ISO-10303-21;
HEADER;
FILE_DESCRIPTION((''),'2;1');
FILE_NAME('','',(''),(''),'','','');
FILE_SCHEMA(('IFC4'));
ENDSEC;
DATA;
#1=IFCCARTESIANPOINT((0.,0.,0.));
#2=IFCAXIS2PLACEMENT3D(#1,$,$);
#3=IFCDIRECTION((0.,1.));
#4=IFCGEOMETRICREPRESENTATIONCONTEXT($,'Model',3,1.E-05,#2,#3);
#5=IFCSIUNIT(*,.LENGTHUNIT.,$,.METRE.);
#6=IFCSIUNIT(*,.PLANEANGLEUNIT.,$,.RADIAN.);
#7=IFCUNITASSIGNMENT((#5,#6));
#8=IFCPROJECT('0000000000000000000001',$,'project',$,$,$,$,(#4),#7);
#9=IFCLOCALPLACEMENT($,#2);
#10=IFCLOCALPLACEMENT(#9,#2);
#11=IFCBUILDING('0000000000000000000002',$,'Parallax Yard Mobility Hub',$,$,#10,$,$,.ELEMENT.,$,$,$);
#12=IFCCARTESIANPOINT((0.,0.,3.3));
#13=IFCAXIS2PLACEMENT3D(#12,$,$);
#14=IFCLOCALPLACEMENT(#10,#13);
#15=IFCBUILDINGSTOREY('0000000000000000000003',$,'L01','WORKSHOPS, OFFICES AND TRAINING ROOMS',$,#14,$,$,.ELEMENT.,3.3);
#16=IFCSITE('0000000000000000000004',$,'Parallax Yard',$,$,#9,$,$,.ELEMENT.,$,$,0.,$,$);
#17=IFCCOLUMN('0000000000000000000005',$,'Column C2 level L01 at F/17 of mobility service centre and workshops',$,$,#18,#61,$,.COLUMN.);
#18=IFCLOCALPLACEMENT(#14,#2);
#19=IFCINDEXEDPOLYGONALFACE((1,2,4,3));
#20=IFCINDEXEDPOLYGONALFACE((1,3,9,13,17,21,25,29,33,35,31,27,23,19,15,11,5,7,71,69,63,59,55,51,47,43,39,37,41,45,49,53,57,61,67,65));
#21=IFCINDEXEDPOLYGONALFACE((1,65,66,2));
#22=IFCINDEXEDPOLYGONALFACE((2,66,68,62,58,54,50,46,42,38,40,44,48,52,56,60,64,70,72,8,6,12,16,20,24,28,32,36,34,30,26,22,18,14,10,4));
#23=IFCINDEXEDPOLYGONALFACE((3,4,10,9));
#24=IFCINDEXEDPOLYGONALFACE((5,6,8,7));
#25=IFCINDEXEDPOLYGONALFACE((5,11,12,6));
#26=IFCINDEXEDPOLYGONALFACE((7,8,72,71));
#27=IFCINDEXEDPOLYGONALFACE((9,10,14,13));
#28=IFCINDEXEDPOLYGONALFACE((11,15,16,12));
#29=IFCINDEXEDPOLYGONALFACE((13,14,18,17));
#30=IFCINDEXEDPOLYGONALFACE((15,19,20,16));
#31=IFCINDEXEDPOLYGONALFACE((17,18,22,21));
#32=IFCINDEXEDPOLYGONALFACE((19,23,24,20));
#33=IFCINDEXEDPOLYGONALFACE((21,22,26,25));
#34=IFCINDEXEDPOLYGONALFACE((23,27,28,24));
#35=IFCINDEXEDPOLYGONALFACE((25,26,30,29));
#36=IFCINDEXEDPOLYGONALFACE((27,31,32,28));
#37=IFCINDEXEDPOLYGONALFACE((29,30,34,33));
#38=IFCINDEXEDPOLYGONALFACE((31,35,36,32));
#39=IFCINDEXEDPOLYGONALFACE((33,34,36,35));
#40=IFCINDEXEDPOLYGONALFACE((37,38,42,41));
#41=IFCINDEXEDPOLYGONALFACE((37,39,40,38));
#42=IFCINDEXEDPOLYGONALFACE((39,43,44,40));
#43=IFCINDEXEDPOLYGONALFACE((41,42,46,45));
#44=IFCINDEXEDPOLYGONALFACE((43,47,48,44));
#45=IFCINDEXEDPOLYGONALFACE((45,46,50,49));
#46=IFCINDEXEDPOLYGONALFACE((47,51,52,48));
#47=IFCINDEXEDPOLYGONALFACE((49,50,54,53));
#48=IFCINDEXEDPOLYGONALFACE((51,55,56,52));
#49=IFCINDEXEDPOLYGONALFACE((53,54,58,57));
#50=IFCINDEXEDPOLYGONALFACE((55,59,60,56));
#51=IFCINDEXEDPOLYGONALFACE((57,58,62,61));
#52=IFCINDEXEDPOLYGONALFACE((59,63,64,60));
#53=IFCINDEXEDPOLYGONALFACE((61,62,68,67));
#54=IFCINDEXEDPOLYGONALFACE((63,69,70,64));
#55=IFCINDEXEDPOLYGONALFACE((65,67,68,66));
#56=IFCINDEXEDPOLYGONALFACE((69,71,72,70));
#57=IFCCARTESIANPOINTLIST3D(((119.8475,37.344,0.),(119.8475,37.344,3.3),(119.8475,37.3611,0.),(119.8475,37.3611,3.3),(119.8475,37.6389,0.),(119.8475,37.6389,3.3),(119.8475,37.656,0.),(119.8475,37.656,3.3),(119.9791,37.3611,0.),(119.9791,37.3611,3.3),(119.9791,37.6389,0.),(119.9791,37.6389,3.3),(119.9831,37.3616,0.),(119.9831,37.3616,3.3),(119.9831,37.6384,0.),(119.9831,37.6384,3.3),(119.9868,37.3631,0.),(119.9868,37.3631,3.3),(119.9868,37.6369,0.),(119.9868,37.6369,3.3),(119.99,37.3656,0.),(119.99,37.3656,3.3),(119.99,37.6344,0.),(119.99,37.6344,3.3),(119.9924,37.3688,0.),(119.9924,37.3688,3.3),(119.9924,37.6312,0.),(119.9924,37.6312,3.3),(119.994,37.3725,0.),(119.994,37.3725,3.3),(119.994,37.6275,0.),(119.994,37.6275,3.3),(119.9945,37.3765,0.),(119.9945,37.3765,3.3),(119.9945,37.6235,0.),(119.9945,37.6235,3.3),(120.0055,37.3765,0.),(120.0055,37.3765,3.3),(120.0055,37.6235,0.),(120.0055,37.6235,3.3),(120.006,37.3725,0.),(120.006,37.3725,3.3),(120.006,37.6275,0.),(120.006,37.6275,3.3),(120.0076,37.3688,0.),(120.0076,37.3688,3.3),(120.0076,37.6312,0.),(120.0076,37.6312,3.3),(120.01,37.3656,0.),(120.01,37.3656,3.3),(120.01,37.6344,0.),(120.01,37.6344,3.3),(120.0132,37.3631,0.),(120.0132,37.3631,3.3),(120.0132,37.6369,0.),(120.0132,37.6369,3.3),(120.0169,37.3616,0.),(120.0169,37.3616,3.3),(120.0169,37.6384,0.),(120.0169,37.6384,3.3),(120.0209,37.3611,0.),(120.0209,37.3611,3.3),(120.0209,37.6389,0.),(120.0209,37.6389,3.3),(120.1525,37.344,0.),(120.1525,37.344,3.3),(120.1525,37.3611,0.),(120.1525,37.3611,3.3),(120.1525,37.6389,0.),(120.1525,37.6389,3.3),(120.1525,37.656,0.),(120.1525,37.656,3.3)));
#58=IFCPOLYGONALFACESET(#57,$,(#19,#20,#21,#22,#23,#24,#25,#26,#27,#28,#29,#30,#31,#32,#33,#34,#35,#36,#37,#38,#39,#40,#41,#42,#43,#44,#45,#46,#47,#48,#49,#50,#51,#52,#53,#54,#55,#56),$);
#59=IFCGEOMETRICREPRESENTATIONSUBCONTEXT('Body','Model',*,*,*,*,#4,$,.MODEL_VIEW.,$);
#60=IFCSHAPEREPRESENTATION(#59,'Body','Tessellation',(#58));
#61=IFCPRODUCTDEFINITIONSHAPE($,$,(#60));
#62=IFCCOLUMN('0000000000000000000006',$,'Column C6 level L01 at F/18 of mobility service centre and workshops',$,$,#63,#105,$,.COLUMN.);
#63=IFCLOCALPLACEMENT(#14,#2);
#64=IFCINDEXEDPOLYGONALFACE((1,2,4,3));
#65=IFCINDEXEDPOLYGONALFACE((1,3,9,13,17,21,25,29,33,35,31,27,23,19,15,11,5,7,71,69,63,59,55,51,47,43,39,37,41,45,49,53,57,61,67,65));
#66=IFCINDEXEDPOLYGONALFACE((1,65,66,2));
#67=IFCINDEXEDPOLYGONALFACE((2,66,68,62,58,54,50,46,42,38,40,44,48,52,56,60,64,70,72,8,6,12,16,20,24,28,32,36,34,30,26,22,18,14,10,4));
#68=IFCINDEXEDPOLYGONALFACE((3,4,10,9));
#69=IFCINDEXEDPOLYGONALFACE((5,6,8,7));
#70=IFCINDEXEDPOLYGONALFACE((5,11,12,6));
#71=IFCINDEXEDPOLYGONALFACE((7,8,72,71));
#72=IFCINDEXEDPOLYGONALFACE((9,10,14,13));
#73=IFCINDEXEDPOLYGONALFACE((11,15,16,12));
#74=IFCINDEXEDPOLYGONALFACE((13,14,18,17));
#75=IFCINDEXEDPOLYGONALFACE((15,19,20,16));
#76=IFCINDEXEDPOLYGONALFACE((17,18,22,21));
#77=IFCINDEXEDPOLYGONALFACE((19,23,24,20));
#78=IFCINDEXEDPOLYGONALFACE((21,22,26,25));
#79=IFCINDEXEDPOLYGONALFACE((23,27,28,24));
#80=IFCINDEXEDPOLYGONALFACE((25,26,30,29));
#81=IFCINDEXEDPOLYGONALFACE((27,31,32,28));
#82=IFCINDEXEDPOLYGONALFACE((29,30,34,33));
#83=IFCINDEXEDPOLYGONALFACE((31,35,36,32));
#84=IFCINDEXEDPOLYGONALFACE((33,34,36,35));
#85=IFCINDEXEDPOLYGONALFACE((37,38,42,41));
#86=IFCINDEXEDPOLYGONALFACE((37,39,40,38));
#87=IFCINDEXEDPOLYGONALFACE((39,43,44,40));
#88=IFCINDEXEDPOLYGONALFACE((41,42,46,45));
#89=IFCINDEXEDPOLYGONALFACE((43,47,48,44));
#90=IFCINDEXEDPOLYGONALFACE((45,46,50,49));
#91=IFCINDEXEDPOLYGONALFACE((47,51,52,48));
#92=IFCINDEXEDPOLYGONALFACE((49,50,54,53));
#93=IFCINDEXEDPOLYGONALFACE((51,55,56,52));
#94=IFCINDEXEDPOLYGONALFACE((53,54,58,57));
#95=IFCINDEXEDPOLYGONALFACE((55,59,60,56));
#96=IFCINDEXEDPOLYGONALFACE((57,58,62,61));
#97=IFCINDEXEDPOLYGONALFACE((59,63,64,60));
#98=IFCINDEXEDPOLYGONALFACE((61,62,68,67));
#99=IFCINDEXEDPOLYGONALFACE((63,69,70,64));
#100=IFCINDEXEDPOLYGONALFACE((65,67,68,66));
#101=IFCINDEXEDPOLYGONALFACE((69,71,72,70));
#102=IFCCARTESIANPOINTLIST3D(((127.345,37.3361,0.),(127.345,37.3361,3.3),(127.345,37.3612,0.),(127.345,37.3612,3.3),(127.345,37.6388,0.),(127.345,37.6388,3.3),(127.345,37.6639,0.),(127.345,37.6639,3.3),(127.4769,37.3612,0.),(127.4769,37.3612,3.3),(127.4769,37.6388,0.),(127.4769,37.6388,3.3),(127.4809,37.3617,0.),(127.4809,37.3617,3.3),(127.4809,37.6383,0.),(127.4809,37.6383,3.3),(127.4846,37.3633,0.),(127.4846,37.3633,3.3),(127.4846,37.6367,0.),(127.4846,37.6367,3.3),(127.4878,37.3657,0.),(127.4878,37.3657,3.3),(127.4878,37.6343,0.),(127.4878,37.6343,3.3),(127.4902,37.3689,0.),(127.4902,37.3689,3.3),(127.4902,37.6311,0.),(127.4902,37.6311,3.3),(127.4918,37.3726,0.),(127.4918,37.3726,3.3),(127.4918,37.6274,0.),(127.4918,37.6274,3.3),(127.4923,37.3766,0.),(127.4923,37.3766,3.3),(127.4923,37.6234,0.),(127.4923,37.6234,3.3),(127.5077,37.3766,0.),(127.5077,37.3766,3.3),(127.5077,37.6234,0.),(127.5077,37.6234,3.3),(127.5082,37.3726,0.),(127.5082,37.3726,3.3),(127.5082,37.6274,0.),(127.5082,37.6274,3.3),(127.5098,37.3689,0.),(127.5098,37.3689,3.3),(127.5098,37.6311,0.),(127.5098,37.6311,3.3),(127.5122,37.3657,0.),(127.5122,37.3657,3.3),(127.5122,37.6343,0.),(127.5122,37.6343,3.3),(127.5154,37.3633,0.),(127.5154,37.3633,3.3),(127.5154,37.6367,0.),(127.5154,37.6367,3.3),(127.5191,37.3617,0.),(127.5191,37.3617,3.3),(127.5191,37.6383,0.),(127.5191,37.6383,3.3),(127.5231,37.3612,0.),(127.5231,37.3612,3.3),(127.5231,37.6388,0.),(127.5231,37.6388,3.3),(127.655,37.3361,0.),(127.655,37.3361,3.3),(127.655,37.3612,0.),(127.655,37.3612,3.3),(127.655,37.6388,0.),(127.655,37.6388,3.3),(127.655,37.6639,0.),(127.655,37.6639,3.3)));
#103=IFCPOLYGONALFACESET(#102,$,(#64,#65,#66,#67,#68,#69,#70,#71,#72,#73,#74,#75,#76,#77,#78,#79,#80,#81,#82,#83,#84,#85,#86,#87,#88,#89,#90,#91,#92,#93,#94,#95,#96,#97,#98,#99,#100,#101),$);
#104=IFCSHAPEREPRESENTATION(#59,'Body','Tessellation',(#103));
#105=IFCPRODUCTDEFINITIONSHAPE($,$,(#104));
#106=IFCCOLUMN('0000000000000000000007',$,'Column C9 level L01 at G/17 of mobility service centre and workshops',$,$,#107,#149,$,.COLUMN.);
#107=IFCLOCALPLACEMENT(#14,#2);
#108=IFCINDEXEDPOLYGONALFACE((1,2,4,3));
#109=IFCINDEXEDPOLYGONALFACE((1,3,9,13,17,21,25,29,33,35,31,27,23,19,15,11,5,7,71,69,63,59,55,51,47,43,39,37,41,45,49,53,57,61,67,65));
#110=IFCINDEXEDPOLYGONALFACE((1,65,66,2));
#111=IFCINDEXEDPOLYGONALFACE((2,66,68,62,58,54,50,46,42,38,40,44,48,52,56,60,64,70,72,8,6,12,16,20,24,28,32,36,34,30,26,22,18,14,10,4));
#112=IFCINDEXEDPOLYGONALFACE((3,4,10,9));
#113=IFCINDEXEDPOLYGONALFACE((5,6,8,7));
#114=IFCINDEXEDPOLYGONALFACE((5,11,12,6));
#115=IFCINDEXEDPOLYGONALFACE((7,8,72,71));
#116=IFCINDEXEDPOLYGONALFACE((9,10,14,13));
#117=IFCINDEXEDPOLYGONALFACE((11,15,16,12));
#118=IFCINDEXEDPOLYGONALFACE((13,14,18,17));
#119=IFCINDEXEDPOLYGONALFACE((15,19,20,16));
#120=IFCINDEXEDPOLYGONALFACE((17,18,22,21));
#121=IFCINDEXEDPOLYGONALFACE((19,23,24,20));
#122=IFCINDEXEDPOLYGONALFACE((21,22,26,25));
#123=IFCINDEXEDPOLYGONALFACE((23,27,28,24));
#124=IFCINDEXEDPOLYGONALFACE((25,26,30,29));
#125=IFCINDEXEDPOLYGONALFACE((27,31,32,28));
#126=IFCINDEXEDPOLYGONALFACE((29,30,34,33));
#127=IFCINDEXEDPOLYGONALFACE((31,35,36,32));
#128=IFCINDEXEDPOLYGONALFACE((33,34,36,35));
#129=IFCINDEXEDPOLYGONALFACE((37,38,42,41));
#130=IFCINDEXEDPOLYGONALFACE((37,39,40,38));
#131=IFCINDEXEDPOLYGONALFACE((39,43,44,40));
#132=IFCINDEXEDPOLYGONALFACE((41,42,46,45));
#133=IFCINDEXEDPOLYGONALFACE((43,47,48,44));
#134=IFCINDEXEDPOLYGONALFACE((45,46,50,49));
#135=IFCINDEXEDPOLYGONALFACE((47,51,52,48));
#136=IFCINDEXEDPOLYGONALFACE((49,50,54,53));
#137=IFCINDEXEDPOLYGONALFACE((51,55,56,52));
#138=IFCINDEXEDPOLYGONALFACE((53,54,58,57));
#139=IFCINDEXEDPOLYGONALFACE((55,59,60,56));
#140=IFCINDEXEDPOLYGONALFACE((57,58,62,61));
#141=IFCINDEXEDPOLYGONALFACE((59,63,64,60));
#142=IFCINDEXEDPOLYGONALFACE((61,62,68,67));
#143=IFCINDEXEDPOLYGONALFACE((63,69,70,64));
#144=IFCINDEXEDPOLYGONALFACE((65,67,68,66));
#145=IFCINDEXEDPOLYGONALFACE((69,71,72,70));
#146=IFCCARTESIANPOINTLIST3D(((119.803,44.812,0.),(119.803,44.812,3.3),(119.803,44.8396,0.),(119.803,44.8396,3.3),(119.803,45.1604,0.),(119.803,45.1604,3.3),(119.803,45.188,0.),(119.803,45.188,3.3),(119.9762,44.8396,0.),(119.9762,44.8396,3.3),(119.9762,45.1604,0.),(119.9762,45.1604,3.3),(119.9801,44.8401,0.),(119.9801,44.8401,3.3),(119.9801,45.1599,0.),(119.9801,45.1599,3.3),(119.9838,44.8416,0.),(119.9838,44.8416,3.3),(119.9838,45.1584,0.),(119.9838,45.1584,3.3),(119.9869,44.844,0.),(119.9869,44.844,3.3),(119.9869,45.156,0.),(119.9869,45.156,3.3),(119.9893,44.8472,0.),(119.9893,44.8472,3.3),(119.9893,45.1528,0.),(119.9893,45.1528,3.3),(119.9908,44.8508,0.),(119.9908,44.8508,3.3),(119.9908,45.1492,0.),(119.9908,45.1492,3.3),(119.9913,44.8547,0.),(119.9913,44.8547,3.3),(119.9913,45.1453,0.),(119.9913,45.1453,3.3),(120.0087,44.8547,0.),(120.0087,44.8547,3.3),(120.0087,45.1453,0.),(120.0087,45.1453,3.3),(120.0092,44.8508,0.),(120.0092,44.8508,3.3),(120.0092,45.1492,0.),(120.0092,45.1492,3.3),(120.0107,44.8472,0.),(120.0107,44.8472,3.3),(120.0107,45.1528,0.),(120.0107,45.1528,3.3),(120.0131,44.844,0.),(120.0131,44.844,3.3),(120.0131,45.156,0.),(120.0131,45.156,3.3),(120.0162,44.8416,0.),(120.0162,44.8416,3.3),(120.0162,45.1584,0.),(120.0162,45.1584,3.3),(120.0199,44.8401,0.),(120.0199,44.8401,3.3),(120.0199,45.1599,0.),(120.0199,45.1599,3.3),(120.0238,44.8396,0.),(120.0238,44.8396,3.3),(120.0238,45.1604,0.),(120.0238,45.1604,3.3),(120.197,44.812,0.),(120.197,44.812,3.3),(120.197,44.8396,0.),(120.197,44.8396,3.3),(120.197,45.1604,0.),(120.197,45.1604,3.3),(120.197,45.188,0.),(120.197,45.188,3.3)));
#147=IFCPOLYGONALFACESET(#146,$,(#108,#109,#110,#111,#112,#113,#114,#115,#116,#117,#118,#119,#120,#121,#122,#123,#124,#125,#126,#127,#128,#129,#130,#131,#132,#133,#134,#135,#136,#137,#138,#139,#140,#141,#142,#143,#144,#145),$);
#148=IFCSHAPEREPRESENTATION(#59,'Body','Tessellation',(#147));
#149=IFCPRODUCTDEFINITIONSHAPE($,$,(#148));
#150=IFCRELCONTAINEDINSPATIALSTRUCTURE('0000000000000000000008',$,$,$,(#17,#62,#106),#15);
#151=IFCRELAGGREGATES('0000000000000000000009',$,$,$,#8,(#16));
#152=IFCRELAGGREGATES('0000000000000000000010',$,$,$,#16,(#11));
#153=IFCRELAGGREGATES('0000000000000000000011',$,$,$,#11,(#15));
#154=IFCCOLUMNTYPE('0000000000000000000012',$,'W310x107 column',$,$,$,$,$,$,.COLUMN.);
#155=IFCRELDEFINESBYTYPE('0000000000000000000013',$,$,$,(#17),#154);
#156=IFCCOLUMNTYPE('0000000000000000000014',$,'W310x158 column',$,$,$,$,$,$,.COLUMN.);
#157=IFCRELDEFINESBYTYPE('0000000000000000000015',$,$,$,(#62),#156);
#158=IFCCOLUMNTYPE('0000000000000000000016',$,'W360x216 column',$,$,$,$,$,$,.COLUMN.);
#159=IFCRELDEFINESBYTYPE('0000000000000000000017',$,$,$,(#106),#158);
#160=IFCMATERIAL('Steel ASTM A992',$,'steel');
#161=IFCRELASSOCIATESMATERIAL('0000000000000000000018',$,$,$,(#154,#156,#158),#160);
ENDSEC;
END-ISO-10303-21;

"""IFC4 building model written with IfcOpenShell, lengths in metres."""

from ifc_helpers import new_model, si_unit, direction, frame, origin, origin_2d, place, context, subcontext, project, spatial, i_section, extrude, material, material_profile, profile_set, type_object, element, save


model = new_model("IFC4")

# Units and contexts
model_context = context("Model", 3, precision=1e-05, world=origin(), true_north=direction((0.0, 1.0)))
body_context = subcontext(model_context, "Body", "Model", "MODEL_VIEW")
ifc_project = project(units=[si_unit("LENGTHUNIT", "METRE"), si_unit("PLANEANGLEUNIT", "RADIAN")], contexts=[model_context])

# Site, building, storey
site_placement = place(None, origin())
site = spatial("IfcSite", under=ifc_project, at=site_placement, Name="Parallax Yard", CompositionType="ELEMENT", RefElevation=0.0)
building_placement = place(site_placement, origin())
building = spatial("IfcBuilding", under=site, at=building_placement, Name="Parallax Yard Mobility Hub", CompositionType="ELEMENT")
storey_placement = place(building_placement, frame((0.0, 0.0, 3.3)))
storey = spatial("IfcBuildingStorey", under=building, at=storey_placement, Name="L01", Description="WORKSHOPS, OFFICES AND TRAINING ROOMS", CompositionType="ELEMENT", Elevation=3.3)

# Columns
ifc_material_1 = material(Name="Steel ASTM A992", Category="steel")
ifc_material_profile_1 = material_profile(ifc_material_1, i_section(OverallWidth=0.3049, OverallDepth=0.312, WebThickness=0.011, FlangeThickness=0.0171, FilletRadius=0.0154, at=origin_2d()), Name="W310x107")
ifc_profile_set_1 = profile_set([ifc_material_profile_1], Name="Steel ASTM A992")
column_type_1 = type_object("IfcColumnType", Name="W310x107 column", PredefinedType="COLUMN", material=ifc_profile_set_1)
column_1_placement = place(storey_placement, frame((120.0, 37.5, 0.0), z_axis=(0.0, 0.0, 1.0), x_axis=(1.0, 0.0, 0.0)))
element("IfcColumn", 1, at=column_1_placement, inside=storey, type_object=column_type_1, Name="Column C2 level L01 at F/17 of mobility service centre and workshops", PredefinedType="COLUMN", context=body_context, shape_type="SweptSolid", body=[
    extrude(i_section(OverallWidth=0.3049, OverallDepth=0.312, WebThickness=0.011, FlangeThickness=0.0171, FilletRadius=0.0154, at=origin_2d()), origin(), (0.0, 0.0, 1.0), 3.3),
])
ifc_material_profile_2 = material_profile(ifc_material_1, i_section(OverallWidth=0.3101, OverallDepth=0.3279, WebThickness=0.0154, FlangeThickness=0.0251, FilletRadius=0.0154, at=origin_2d()), Name="W310x158")
ifc_profile_set_2 = profile_set([ifc_material_profile_2], Name="Steel ASTM A992")
column_type_2 = type_object("IfcColumnType", Name="W310x158 column", PredefinedType="COLUMN", material=ifc_profile_set_2)
column_2_placement = place(storey_placement, frame((127.5, 37.5, 0.0), z_axis=(0.0, 0.0, 1.0), x_axis=(1.0, 0.0, 0.0)))
element("IfcColumn", 2, at=column_2_placement, inside=storey, type_object=column_type_2, Name="Column C6 level L01 at F/18 of mobility service centre and workshops", PredefinedType="COLUMN", context=body_context, shape_type="SweptSolid", body=[
    extrude(i_section(OverallWidth=0.3101, OverallDepth=0.3279, WebThickness=0.0154, FlangeThickness=0.0251, FilletRadius=0.0154, at=origin_2d()), origin(), (0.0, 0.0, 1.0), 3.3),
])
ifc_material_profile_3 = material_profile(ifc_material_1, i_section(OverallWidth=0.394, OverallDepth=0.376, WebThickness=0.0173, FlangeThickness=0.0276, FilletRadius=0.0151, at=origin_2d()), Name="W360x216")
ifc_profile_set_3 = profile_set([ifc_material_profile_3], Name="Steel ASTM A992")
column_type_3 = type_object("IfcColumnType", Name="W360x216 column", PredefinedType="COLUMN", material=ifc_profile_set_3)
column_3_placement = place(storey_placement, frame((120.0, 45.0, 0.0), z_axis=(0.0, 0.0, 1.0), x_axis=(1.0, 0.0, 0.0)))
element("IfcColumn", 3, at=column_3_placement, inside=storey, type_object=column_type_3, Name="Column C9 level L01 at G/17 of mobility service centre and workshops", PredefinedType="COLUMN", context=body_context, shape_type="SweptSolid", body=[
    extrude(i_section(OverallWidth=0.394, OverallDepth=0.376, WebThickness=0.0173, FlangeThickness=0.0276, FilletRadius=0.0151, at=origin_2d()), origin(), (0.0, 0.0, 1.0), 3.3),
])

save(model, "model.ifc")
